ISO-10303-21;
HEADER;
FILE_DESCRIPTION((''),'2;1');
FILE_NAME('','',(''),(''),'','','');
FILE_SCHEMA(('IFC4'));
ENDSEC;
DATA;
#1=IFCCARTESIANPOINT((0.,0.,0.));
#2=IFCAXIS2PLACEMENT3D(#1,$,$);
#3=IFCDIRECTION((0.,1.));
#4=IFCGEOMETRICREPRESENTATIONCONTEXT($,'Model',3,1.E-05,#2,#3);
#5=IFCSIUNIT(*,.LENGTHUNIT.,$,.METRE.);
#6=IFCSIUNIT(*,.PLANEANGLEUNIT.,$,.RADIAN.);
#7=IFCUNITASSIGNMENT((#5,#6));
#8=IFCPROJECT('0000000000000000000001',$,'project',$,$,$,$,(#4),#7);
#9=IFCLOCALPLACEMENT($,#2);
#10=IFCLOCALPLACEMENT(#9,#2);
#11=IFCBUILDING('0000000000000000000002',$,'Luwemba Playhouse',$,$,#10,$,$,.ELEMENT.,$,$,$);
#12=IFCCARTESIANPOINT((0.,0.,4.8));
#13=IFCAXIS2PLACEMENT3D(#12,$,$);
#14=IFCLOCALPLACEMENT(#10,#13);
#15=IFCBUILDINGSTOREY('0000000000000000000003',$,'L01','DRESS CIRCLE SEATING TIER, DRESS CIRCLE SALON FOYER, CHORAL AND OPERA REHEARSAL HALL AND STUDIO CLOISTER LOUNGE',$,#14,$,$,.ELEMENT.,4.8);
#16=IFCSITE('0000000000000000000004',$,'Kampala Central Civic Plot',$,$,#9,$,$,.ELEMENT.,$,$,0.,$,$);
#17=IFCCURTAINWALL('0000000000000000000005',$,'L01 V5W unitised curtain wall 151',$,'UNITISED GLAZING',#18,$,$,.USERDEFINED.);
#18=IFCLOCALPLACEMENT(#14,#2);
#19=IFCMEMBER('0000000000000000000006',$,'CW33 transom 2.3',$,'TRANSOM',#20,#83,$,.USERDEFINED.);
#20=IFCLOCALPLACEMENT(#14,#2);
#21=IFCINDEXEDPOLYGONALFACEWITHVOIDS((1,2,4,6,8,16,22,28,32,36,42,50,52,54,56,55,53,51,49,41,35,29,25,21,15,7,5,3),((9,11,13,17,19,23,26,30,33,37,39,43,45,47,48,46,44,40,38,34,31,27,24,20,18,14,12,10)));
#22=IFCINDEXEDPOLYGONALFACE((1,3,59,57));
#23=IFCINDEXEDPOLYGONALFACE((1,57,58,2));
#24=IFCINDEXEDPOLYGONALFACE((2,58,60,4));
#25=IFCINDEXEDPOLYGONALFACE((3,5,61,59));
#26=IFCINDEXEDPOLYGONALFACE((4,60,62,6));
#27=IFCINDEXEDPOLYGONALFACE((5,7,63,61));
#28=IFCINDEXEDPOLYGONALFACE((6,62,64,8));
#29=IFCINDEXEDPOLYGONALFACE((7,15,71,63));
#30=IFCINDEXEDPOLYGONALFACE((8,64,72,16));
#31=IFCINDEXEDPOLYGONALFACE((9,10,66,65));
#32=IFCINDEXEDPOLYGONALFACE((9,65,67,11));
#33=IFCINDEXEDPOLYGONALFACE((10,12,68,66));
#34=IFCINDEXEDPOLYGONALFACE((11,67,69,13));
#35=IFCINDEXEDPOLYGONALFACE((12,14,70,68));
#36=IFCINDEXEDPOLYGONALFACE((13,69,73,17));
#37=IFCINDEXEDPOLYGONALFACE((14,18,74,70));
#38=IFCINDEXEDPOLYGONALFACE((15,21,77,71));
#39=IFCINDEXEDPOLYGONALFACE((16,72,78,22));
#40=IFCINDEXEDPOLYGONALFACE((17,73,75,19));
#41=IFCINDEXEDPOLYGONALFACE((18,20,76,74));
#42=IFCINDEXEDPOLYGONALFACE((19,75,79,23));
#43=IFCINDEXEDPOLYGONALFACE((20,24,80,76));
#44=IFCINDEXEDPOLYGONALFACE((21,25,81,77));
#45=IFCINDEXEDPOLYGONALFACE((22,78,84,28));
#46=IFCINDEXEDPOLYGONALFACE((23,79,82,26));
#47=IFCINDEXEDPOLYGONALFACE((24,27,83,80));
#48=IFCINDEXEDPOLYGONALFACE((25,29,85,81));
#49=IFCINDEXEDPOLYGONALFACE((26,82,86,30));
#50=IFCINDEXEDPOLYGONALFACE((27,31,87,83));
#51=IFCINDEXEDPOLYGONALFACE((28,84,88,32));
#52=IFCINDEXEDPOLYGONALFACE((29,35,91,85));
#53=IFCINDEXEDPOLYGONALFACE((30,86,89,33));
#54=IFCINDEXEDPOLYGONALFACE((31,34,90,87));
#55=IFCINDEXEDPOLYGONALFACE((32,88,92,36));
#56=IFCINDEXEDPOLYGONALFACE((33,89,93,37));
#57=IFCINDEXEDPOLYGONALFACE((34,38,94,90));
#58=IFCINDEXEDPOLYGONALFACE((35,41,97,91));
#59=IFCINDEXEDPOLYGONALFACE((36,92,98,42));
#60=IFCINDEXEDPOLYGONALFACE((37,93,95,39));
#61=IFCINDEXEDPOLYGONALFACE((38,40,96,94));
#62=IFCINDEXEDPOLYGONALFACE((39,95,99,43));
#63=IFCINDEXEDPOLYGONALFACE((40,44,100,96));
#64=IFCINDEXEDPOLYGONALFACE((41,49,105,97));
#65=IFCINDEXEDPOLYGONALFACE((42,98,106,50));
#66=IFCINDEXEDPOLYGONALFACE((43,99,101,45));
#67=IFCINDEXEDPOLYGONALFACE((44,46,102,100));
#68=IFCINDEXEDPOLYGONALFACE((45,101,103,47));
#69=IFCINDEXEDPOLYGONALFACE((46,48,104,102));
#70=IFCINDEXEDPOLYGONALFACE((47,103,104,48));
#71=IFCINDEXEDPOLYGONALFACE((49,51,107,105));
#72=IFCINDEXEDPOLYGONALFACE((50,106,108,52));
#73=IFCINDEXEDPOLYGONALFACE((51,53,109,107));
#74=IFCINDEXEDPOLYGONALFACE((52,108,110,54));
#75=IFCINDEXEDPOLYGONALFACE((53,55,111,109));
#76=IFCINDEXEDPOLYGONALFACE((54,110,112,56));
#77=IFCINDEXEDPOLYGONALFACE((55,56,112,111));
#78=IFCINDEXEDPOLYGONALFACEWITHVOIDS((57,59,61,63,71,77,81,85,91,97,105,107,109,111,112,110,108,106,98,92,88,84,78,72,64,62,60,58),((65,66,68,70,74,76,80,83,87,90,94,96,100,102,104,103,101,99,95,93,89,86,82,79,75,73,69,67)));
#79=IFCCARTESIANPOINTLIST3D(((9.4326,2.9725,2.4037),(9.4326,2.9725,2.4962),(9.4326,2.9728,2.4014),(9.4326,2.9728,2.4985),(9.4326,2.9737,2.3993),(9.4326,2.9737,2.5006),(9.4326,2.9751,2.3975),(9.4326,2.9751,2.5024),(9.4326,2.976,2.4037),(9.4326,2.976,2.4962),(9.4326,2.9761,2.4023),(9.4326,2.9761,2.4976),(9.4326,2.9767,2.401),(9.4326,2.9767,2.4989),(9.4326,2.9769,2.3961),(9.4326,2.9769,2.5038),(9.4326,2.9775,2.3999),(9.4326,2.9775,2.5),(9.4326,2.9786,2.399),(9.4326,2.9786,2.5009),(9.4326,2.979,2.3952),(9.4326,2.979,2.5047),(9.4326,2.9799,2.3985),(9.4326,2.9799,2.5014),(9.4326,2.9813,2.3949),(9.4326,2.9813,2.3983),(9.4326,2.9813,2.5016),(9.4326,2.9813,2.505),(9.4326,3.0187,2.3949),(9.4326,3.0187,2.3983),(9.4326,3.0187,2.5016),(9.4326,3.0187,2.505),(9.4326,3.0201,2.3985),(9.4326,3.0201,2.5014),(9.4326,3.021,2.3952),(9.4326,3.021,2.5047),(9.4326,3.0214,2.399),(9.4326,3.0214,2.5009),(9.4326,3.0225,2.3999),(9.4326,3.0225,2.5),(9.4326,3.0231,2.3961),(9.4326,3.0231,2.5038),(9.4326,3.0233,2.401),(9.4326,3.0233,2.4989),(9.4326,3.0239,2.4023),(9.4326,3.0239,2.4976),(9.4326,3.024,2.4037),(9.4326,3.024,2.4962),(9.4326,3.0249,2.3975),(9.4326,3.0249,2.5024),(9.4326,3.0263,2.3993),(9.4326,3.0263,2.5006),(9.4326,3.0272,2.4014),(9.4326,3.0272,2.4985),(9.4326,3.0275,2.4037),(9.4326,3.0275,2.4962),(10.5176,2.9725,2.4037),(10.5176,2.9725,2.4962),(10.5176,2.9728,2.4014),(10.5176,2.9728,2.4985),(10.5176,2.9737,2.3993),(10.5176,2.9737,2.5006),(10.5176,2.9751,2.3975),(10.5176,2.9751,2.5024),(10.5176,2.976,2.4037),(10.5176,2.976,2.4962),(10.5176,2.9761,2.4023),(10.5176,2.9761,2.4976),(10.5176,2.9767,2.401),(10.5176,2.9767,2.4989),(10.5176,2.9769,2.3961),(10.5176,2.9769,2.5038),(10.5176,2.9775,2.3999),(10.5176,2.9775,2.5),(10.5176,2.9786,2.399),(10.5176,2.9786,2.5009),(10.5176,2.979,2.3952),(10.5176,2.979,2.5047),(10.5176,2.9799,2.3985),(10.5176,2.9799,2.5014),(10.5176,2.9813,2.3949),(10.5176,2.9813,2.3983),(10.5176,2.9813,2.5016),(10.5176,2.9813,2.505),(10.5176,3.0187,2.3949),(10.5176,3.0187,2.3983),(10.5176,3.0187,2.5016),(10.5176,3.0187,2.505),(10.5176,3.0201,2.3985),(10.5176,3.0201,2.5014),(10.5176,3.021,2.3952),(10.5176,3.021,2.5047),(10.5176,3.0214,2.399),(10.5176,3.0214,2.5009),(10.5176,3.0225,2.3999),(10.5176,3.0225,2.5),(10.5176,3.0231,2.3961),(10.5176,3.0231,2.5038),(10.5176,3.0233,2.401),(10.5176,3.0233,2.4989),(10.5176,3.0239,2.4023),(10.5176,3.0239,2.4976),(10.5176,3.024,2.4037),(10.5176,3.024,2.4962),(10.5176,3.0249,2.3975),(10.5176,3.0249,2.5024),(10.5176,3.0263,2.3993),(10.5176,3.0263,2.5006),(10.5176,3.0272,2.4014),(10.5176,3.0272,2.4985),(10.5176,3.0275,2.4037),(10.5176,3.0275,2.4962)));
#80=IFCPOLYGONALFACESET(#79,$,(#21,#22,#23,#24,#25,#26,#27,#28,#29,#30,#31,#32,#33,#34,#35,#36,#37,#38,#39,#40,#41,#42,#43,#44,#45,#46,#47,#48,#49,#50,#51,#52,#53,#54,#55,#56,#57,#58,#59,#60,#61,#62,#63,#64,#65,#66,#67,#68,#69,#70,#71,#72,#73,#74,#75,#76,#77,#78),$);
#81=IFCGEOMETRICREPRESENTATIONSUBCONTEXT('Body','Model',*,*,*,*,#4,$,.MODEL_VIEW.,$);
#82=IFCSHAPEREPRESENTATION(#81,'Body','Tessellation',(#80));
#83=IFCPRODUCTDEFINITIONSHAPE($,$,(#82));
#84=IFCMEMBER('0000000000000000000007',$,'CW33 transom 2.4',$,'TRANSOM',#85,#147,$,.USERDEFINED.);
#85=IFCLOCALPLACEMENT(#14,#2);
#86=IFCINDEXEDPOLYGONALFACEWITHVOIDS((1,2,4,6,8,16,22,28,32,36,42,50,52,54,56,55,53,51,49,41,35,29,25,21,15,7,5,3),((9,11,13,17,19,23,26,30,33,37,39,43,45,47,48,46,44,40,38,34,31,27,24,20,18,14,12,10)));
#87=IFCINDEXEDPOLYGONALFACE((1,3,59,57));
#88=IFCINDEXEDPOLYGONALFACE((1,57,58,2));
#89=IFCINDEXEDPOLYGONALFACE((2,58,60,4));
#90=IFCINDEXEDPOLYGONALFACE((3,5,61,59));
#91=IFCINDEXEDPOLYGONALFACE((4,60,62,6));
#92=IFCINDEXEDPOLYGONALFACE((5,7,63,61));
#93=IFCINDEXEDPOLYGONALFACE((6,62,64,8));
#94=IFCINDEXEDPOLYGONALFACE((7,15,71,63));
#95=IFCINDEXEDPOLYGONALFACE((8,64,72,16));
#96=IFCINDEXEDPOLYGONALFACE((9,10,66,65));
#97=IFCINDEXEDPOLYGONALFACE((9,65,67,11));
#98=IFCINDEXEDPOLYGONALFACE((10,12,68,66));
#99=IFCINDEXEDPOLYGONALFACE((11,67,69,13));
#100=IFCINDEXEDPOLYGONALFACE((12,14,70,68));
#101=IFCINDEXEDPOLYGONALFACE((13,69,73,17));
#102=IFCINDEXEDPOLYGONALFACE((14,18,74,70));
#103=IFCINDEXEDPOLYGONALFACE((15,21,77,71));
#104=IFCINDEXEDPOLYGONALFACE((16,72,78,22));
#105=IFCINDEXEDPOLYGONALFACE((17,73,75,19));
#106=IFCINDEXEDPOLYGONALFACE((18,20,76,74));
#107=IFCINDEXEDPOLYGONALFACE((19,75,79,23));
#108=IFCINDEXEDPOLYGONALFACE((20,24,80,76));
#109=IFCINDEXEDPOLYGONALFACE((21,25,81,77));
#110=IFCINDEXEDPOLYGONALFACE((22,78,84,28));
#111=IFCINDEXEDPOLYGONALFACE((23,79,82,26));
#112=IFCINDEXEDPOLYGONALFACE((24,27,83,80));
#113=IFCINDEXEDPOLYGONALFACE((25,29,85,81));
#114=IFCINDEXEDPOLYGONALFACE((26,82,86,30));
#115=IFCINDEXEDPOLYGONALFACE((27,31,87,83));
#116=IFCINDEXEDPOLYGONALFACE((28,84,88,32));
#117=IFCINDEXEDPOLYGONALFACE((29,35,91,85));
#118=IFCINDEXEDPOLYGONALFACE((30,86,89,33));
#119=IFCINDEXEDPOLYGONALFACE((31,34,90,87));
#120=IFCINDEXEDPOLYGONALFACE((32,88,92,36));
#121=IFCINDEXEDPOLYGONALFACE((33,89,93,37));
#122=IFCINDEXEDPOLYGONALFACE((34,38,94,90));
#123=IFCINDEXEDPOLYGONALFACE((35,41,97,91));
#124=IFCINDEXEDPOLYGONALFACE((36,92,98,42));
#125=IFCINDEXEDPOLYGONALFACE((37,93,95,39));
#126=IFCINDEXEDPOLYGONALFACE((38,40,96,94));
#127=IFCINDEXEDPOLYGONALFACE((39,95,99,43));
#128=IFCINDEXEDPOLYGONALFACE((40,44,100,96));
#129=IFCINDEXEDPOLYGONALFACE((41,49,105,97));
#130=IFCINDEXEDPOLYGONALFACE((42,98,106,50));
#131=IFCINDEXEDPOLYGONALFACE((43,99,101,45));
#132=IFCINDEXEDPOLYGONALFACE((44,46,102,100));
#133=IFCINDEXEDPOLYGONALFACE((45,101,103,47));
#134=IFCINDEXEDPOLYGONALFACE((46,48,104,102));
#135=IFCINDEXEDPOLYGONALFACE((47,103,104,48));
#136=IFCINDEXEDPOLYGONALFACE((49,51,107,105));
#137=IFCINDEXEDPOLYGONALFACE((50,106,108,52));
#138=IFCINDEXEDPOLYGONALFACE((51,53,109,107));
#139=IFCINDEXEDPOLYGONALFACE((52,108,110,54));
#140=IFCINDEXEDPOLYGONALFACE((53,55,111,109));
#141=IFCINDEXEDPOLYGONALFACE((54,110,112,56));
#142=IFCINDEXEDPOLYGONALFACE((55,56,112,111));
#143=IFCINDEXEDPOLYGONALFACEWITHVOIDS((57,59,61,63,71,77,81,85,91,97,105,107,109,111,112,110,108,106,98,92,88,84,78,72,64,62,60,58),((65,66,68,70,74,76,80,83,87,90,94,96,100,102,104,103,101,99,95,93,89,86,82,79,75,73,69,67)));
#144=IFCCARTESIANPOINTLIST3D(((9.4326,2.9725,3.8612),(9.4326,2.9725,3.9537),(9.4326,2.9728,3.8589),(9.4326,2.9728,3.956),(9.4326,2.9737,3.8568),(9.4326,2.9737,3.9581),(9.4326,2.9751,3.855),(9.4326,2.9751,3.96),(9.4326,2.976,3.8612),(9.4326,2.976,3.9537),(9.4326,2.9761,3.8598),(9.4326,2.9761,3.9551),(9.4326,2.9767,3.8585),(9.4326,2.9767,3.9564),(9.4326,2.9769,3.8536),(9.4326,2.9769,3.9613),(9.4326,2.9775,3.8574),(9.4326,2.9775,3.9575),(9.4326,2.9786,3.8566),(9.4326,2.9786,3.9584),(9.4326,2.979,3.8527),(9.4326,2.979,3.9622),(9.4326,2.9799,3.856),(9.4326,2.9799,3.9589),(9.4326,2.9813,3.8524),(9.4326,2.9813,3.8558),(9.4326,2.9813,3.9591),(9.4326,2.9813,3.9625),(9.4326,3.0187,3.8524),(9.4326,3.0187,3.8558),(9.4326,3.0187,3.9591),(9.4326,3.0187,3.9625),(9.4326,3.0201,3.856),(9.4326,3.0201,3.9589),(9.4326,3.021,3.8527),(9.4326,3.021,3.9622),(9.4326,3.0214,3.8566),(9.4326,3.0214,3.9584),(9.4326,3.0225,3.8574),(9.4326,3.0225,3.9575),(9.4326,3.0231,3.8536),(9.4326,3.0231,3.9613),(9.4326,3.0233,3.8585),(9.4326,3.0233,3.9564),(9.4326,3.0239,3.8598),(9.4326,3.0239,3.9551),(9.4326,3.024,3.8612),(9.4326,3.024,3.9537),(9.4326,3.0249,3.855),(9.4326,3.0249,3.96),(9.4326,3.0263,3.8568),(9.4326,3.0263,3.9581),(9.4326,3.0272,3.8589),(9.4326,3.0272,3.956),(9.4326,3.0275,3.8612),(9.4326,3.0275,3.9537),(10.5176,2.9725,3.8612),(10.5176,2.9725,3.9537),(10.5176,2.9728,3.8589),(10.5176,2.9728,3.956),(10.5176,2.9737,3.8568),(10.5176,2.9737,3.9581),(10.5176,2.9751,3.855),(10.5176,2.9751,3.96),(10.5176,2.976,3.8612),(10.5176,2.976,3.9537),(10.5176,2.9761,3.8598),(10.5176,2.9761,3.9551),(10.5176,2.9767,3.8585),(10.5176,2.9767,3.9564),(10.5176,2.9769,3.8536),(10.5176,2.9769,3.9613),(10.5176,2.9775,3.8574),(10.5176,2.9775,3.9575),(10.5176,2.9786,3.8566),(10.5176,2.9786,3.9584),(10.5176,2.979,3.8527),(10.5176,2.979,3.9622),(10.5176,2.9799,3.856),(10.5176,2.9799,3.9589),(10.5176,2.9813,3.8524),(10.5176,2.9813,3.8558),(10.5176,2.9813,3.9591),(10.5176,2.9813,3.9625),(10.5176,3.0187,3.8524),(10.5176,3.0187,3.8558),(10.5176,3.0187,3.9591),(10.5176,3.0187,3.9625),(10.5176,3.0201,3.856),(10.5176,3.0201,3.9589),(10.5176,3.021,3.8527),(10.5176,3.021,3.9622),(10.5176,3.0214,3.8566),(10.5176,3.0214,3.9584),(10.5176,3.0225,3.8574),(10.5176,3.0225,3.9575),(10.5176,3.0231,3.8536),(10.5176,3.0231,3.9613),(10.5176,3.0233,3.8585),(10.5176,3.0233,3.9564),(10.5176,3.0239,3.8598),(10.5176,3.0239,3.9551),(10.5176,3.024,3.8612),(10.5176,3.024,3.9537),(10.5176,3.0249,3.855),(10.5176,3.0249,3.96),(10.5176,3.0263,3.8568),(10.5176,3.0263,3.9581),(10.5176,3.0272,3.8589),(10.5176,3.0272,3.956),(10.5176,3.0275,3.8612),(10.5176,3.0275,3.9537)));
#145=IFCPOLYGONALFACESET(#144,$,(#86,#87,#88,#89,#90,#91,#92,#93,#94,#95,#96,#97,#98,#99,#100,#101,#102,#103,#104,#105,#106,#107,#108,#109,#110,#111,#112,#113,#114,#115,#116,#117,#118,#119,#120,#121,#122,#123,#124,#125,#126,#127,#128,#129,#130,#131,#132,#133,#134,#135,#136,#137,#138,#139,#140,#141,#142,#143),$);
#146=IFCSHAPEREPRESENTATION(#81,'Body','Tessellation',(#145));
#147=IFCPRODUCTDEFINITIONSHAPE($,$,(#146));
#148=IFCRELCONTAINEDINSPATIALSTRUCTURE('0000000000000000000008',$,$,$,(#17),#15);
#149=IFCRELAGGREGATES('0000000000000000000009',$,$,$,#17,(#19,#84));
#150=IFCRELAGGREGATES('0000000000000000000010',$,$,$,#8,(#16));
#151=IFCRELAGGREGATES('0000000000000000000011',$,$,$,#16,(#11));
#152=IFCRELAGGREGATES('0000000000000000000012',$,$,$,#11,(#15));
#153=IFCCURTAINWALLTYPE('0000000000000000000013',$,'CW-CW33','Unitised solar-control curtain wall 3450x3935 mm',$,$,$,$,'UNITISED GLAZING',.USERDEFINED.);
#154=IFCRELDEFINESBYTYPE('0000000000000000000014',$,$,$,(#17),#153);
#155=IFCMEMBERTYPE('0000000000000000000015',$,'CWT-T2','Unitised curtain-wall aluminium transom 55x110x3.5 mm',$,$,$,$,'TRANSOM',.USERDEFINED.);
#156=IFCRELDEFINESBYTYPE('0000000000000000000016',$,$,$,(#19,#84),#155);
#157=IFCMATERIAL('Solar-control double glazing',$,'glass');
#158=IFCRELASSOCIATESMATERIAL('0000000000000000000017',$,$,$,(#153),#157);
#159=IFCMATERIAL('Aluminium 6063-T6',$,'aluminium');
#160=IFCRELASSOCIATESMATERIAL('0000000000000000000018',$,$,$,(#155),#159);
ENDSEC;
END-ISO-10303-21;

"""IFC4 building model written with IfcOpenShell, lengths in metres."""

from ifc_helpers import new_model, si_unit, direction, frame, origin, origin_2d, place, context, subcontext, project, spatial, hollow_rectangle, extrude, material, material_profile, profile_set, type_object, element, aggregate, save


model = new_model("IFC4")

# Units and contexts
model_context = context("Model", 3, precision=1e-05, world=origin(), true_north=direction((0.0, 1.0)))
body_context = subcontext(model_context, "Body", "Model", "MODEL_VIEW")
ifc_project = project(units=[si_unit("LENGTHUNIT", "METRE"), si_unit("PLANEANGLEUNIT", "RADIAN")], contexts=[model_context])

# Site, building, storey
site_placement = place(None, origin())
site = spatial("IfcSite", under=ifc_project, at=site_placement, Name="Kampala Central Civic Plot", CompositionType="ELEMENT", RefElevation=0.0)
building_placement = place(site_placement, origin())
building = spatial("IfcBuilding", under=site, at=building_placement, Name="Luwemba Playhouse", CompositionType="ELEMENT")
storey_placement = place(building_placement, frame((0.0, 0.0, 4.8)))
storey = spatial("IfcBuildingStorey", under=building, at=storey_placement, Name="L01", Description="DRESS CIRCLE SEATING TIER, DRESS CIRCLE SALON FOYER, CHORAL AND OPERA REHEARSAL HALL AND STUDIO CLOISTER LOUNGE", CompositionType="ELEMENT", Elevation=4.8)

# Shared definitions
ifc_material_1 = material(Name="Solar-control double glazing", Category="glass")
ifc_material_2 = material(Name="Aluminium 6063-T6", Category="aluminium")

# Curtain wall
curtain_wall_type_1 = type_object("IfcCurtainWallType", Name="CW-CW33", Description="Unitised solar-control curtain wall 3450x3935 mm", ElementType="UNITISED GLAZING", PredefinedType="USERDEFINED", material=ifc_material_1)
curtain_wall_1_placement = place(storey_placement, origin())
curtain_wall_1 = element("IfcCurtainWall", 1, at=curtain_wall_1_placement, inside=storey, type_object=curtain_wall_type_1, Name="L01 V5W unitised curtain wall 151", ObjectType="UNITISED GLAZING", PredefinedType="USERDEFINED")

# Members
ifc_material_profile_1 = material_profile(ifc_material_2, hollow_rectangle(XDim=0.0549, YDim=0.1101, WallThickness=0.0034, InnerFilletRadius=0.0054, OuterFilletRadius=0.0088, at=origin_2d()))
ifc_profile_set_1 = profile_set([ifc_material_profile_1], Name="Aluminium 6063-T6")
member_type_1 = type_object("IfcMemberType", Name="CWT-T2", Description="Unitised curtain-wall aluminium transom 55x110x3.5 mm", ElementType="TRANSOM", PredefinedType="USERDEFINED", material=ifc_profile_set_1)
member_1_placement = place(storey_placement, frame((10.5176, 3.0, 2.45), z_axis=(-1.0, 0.0, 0.0), x_axis=(0.0, -1.0, 0.0)))
member_1 = element("IfcMember", 2, at=member_1_placement, type_object=member_type_1, Name="CW33 transom 2.3", ObjectType="TRANSOM", PredefinedType="USERDEFINED", context=body_context, shape_type="SweptSolid", body=[
    extrude(hollow_rectangle(XDim=0.0549, YDim=0.1101, WallThickness=0.0034, InnerFilletRadius=0.0054, OuterFilletRadius=0.0088, at=origin_2d()), origin(), (0.0, 0.0, 1.0), 1.085),
])
member_2_placement = place(storey_placement, frame((10.5176, 3.0, 3.9075), z_axis=(-1.0, 0.0, 0.0), x_axis=(0.0, -1.0, 0.0)))
member_2 = element("IfcMember", 3, at=member_2_placement, type_object=member_type_1, Name="CW33 transom 2.4", ObjectType="TRANSOM", PredefinedType="USERDEFINED", context=body_context, shape_type="SweptSolid", body=[
    extrude(hollow_rectangle(XDim=0.0549, YDim=0.1101, WallThickness=0.0034, InnerFilletRadius=0.0054, OuterFilletRadius=0.0088, at=origin_2d()), origin(), (0.0, 0.0, 1.0), 1.085),
])

aggregate(curtain_wall_1, [member_1, member_2])

save(model, "model.ifc")
